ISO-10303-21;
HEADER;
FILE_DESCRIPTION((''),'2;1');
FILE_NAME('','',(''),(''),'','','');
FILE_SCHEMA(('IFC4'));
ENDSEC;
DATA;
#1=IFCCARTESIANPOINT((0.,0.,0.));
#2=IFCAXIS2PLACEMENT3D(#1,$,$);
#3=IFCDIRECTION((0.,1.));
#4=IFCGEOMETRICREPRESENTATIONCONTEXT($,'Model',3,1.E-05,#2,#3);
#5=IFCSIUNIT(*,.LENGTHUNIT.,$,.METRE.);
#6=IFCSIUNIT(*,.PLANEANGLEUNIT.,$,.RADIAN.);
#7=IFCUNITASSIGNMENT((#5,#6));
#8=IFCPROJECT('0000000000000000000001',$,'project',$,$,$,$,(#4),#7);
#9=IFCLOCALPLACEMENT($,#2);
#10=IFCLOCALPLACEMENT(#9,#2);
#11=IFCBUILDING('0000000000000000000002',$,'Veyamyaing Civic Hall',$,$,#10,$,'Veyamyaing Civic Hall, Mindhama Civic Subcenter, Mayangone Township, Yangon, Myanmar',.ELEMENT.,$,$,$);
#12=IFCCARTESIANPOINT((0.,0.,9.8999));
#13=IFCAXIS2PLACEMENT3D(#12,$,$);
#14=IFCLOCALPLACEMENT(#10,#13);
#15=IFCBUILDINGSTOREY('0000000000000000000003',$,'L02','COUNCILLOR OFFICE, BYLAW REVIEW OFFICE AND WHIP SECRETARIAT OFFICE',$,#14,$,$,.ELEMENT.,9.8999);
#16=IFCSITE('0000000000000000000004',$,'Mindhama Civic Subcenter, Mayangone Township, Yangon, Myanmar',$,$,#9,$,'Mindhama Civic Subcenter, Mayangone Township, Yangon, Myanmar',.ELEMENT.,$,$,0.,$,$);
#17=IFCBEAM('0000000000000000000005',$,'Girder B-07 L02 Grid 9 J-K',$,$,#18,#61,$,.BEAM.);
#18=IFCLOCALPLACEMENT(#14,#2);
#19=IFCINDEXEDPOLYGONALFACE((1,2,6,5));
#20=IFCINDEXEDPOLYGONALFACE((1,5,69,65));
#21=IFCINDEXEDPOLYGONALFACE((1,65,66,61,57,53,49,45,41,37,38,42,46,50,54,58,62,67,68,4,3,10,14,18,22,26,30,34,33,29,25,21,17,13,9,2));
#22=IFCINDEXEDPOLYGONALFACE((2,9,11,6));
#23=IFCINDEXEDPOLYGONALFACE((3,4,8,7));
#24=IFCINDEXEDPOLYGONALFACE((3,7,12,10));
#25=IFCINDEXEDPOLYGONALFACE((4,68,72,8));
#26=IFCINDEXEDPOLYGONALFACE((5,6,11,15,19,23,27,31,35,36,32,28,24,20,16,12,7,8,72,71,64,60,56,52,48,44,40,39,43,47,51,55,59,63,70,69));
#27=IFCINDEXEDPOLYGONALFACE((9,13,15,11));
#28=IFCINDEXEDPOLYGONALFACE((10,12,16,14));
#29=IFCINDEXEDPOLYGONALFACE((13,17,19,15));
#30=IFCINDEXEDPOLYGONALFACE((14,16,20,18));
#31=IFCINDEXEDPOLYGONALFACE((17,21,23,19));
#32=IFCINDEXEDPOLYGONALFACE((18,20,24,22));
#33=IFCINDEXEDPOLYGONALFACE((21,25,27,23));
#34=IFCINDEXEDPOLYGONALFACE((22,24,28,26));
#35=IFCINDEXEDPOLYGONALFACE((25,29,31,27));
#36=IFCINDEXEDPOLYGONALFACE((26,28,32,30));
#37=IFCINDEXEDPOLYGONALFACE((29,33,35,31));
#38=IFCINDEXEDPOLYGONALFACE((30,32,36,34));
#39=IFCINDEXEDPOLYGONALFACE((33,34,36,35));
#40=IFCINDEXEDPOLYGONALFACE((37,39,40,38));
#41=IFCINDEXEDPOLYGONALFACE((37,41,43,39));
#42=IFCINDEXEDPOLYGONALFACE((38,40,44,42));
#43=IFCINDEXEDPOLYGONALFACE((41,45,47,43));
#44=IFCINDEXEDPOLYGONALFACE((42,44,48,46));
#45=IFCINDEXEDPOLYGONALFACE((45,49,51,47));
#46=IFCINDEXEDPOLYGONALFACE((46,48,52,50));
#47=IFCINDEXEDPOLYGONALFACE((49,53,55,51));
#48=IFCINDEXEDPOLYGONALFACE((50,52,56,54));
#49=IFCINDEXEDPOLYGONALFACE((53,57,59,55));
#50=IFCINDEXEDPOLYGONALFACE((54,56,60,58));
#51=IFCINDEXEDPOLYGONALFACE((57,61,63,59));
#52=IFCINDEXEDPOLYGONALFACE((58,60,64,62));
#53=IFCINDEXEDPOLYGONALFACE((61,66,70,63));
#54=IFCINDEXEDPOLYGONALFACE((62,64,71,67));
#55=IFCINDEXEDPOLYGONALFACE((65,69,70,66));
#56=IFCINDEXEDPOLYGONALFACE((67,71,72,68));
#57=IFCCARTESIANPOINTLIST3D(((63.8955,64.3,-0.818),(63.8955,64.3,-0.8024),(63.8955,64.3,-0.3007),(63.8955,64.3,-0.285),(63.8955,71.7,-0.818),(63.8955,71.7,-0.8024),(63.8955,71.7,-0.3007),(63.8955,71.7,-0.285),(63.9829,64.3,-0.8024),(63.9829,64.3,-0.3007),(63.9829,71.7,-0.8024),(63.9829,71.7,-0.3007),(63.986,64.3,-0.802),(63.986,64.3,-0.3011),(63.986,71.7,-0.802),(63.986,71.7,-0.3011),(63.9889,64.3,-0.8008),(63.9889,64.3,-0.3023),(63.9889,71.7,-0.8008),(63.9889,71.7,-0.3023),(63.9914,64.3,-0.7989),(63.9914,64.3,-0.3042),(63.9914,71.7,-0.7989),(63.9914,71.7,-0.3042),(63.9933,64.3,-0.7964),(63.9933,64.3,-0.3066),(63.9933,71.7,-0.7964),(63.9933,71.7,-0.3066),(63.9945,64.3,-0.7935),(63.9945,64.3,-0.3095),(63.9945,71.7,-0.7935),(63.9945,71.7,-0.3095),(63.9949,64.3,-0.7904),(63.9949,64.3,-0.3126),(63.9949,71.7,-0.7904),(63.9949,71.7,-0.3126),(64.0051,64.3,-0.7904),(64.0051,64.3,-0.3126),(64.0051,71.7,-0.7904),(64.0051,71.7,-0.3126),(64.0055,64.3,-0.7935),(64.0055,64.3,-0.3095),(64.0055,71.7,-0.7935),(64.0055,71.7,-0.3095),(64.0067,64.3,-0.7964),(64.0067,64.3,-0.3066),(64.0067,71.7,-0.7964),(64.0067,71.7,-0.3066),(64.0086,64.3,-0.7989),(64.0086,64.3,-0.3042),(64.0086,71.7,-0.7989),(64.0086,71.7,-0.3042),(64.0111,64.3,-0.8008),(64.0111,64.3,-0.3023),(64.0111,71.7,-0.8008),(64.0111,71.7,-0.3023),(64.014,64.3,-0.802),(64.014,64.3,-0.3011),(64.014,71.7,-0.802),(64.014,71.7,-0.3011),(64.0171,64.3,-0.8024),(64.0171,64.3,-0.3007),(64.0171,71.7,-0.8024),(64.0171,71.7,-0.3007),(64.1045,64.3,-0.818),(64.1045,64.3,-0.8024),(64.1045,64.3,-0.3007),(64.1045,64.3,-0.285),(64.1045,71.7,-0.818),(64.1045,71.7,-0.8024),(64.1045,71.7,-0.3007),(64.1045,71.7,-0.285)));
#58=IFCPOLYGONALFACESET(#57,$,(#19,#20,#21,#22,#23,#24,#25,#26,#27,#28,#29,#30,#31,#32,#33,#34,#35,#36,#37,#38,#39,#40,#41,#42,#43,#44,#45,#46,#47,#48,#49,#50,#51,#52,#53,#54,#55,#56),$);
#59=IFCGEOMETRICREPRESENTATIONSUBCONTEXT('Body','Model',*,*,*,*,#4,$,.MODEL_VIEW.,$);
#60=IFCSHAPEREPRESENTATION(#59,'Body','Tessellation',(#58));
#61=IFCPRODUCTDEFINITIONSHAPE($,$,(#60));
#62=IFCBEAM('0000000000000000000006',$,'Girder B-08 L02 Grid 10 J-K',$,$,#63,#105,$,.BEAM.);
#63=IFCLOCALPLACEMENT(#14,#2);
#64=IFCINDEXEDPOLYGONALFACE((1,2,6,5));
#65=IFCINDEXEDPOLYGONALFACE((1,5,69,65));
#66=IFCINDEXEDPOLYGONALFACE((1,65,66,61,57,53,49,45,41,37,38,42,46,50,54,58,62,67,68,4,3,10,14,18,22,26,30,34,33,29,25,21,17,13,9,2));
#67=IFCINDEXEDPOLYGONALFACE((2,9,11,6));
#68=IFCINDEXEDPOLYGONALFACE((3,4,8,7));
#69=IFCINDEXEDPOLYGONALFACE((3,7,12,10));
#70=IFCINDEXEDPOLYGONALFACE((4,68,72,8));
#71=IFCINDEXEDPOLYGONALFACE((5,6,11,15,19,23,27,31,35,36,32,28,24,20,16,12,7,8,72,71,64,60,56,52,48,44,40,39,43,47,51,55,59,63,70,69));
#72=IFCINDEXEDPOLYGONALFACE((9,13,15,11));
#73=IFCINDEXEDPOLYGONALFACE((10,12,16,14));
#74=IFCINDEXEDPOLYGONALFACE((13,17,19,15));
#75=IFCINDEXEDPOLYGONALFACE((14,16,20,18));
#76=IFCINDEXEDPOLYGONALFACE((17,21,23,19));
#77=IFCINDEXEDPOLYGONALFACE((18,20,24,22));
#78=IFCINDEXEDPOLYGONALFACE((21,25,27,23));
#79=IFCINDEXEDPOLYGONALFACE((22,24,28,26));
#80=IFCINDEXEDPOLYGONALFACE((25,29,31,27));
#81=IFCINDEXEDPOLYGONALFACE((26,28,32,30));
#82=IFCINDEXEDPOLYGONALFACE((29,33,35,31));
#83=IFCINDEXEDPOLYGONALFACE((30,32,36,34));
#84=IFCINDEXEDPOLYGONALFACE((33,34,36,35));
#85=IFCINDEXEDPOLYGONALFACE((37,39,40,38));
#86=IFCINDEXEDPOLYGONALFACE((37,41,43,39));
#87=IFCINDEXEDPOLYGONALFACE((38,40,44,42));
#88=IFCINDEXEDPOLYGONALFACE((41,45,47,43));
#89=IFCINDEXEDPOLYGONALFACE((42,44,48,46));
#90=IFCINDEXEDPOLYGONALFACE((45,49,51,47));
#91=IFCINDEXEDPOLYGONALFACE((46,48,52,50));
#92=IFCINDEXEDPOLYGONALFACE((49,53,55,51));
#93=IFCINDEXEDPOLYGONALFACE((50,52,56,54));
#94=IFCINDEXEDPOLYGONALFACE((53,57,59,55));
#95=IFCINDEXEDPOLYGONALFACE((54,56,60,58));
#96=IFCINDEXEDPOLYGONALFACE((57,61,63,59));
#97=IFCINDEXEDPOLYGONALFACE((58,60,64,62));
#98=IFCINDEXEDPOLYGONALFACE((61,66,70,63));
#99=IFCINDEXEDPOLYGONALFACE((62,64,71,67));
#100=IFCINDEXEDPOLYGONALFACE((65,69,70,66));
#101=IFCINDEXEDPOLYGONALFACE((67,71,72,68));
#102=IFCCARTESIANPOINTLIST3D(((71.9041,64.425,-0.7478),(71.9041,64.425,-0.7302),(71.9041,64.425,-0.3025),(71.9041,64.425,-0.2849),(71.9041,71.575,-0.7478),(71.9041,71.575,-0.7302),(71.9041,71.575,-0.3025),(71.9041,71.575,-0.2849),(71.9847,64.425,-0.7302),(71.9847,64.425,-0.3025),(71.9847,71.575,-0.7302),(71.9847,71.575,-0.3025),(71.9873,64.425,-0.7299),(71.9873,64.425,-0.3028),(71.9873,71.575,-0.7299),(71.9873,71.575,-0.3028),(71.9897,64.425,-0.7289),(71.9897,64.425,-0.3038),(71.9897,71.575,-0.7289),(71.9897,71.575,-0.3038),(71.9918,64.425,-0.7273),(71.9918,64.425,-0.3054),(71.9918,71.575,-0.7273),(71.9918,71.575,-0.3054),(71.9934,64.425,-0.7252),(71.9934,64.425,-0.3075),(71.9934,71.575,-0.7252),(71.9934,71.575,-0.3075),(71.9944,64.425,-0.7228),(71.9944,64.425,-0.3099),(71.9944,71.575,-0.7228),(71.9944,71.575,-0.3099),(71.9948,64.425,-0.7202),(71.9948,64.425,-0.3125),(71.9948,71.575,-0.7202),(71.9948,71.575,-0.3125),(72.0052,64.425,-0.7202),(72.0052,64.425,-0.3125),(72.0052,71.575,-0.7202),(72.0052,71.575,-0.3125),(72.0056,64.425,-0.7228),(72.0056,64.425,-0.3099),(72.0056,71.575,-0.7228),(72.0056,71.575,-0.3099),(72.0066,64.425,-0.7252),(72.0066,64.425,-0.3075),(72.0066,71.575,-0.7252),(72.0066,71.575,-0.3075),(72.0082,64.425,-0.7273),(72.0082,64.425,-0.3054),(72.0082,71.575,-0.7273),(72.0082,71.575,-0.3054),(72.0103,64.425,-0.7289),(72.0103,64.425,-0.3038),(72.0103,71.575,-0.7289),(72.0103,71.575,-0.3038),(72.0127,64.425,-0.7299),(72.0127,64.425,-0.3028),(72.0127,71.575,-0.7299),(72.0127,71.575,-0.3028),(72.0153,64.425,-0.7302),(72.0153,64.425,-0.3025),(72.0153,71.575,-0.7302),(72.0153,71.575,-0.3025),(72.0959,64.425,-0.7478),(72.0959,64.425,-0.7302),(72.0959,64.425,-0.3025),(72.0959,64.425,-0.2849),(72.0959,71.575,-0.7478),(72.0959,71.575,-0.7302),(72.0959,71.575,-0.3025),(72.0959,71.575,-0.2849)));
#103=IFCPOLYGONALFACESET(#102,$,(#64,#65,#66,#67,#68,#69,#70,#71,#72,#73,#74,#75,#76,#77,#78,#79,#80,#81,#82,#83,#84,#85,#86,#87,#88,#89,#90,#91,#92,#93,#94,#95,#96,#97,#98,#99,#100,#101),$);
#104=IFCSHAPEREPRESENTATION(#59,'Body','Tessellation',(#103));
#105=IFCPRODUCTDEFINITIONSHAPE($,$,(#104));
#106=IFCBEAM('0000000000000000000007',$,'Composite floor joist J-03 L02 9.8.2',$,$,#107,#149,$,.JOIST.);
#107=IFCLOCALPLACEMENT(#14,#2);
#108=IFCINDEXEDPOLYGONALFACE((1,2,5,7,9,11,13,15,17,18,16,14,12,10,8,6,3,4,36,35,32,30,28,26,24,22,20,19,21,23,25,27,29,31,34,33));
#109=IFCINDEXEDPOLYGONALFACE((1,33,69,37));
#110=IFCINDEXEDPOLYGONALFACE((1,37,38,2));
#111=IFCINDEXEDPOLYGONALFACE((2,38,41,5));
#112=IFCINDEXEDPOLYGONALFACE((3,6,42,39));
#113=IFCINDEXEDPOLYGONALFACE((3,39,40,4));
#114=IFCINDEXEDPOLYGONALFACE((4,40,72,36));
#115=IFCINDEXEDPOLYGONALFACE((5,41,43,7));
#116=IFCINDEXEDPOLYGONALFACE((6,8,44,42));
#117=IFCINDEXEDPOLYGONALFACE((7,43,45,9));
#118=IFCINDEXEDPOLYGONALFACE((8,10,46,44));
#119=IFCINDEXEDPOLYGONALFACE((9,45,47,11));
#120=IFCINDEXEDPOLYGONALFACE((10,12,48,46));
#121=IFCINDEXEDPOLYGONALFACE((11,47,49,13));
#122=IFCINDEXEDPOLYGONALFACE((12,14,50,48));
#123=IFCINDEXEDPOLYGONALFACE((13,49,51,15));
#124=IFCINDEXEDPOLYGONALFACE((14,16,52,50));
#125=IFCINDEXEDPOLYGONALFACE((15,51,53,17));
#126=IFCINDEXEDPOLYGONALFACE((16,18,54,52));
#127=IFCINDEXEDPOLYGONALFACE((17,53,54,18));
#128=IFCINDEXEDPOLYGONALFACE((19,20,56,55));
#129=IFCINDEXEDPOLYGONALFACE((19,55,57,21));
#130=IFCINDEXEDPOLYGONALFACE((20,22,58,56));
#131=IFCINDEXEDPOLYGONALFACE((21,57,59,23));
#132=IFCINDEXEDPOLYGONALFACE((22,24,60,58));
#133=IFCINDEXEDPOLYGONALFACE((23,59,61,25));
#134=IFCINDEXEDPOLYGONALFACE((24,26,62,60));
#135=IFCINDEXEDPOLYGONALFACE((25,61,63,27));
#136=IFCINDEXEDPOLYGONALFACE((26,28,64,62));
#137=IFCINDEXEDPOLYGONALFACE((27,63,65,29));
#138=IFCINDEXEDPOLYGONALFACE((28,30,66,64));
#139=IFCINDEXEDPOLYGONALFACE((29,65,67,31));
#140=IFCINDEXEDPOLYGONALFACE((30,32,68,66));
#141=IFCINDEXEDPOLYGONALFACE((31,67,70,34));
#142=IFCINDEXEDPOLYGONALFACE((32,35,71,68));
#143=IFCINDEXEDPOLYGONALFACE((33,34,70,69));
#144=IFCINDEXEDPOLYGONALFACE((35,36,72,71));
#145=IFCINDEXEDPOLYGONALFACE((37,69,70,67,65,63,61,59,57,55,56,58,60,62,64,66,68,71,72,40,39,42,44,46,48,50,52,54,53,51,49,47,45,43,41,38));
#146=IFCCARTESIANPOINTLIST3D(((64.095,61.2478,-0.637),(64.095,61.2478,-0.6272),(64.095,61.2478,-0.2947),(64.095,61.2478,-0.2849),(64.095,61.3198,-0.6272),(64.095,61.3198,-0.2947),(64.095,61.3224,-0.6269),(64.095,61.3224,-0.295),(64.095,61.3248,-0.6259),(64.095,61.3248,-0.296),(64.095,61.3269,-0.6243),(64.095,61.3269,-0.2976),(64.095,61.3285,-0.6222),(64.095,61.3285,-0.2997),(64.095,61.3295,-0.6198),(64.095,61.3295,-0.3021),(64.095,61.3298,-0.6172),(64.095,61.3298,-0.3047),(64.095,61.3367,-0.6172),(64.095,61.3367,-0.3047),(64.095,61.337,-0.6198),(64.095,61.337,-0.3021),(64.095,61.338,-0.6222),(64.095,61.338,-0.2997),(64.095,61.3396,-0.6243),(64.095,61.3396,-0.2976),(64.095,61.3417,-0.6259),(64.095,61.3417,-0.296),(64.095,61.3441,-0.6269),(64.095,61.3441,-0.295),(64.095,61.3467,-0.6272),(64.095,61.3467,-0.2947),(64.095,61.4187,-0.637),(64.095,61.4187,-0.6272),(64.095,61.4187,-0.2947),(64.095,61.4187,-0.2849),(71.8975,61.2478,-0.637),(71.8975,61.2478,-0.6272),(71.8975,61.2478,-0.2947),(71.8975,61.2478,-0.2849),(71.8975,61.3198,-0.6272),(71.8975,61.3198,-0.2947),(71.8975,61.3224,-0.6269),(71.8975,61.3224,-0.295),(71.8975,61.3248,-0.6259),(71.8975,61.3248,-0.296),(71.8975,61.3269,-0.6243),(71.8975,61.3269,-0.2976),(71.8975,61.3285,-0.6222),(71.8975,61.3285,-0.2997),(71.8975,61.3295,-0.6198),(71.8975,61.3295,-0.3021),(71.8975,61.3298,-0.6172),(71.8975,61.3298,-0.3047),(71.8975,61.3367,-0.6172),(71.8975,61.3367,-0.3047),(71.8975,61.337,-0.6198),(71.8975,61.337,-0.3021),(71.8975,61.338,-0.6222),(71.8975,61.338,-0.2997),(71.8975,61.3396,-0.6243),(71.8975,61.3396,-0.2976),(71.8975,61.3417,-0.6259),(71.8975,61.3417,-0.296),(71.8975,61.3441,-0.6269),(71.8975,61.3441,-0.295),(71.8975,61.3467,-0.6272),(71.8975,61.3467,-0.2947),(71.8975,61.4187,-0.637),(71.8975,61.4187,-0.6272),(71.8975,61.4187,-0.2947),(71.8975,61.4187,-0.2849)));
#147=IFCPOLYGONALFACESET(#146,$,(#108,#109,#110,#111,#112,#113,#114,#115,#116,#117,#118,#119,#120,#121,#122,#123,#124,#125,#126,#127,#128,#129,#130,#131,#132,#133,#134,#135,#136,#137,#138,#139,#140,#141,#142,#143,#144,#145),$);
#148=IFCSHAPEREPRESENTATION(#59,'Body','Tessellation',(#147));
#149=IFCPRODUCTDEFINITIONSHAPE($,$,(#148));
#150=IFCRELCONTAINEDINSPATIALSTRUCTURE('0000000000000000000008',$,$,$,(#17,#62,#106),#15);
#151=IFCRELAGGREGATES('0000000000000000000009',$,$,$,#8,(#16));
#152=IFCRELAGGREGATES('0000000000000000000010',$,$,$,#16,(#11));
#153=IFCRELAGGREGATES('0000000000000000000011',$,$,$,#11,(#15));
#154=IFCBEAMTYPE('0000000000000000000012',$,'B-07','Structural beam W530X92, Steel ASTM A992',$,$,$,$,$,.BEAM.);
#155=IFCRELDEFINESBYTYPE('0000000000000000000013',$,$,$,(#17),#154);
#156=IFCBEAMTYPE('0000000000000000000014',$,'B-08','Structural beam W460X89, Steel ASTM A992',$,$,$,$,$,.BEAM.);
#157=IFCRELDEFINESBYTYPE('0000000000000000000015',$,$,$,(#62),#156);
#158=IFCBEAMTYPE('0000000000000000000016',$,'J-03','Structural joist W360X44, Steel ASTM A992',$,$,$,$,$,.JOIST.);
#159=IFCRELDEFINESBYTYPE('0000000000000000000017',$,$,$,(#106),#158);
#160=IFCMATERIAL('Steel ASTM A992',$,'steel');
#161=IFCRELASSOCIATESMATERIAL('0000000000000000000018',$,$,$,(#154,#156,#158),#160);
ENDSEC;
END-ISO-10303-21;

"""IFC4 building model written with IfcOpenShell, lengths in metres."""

from ifc_helpers import new_model, si_unit, direction, frame, origin, origin_2d, place, context, subcontext, project, spatial, i_section, extrude, material, material_profile, profile_set, type_object, element, save


model = new_model("IFC4")

# Units and contexts
model_context = context("Model", 3, precision=1e-05, world=origin(), true_north=direction((0.0, 1.0)))
body_context = subcontext(model_context, "Body", "Model", "MODEL_VIEW")
ifc_project = project(units=[si_unit("LENGTHUNIT", "METRE"), si_unit("PLANEANGLEUNIT", "RADIAN")], contexts=[model_context])

# Site, building, storey
site_placement = place(None, origin())
site = spatial("IfcSite", under=ifc_project, at=site_placement, Name="Mindhama Civic Subcenter, Mayangone Township, Yangon, Myanmar", LongName="Mindhama Civic Subcenter, Mayangone Township, Yangon, Myanmar", CompositionType="ELEMENT", RefElevation=0.0)
building_placement = place(site_placement, origin())
building = spatial("IfcBuilding", under=site, at=building_placement, Name="Veyamyaing Civic Hall", LongName="Veyamyaing Civic Hall, Mindhama Civic Subcenter, Mayangone Township, Yangon, Myanmar", CompositionType="ELEMENT")
storey_placement = place(building_placement, frame((0.0, 0.0, 9.8999)))
storey = spatial("IfcBuildingStorey", under=building, at=storey_placement, Name="L02", Description="COUNCILLOR OFFICE, BYLAW REVIEW OFFICE AND WHIP SECRETARIAT OFFICE", CompositionType="ELEMENT", Elevation=9.8999)

# Beams
ifc_material_1 = material(Name="Steel ASTM A992", Category="steel")
ifc_material_profile_1 = material_profile(ifc_material_1, i_section(OverallWidth=0.209, OverallDepth=0.533, WebThickness=0.0103, FlangeThickness=0.0156, FilletRadius=0.012, at=origin_2d()), Name="W530X92")
ifc_profile_set_1 = profile_set([ifc_material_profile_1], Name="Steel ASTM A992")
beam_type_1 = type_object("IfcBeamType", Name="B-07", Description="Structural beam W530X92, Steel ASTM A992", PredefinedType="BEAM", material=ifc_profile_set_1)
beam_1_placement = place(storey_placement, frame((64.0, 64.3, -0.5515), z_axis=(0.0, 1.0, 0.0), x_axis=(-1.0, 0.0, 0.0)))
element("IfcBeam", 1, at=beam_1_placement, inside=storey, type_object=beam_type_1, Name="Girder B-07 L02 Grid 9 J-K", PredefinedType="BEAM", context=body_context, shape_type="SweptSolid", body=[
    extrude(i_section(OverallWidth=0.209, OverallDepth=0.533, WebThickness=0.0103, FlangeThickness=0.0156, FilletRadius=0.012, at=origin_2d()), origin(), (0.0, 0.0, 1.0), 7.3999),
])
ifc_material_profile_2 = material_profile(ifc_material_1, i_section(OverallWidth=0.1919, OverallDepth=0.4629, WebThickness=0.0105, FlangeThickness=0.0176, FilletRadius=0.01, at=origin_2d()), Name="W460X89")
ifc_profile_set_2 = profile_set([ifc_material_profile_2], Name="Steel ASTM A992")
beam_type_2 = type_object("IfcBeamType", Name="B-08", Description="Structural beam W460X89, Steel ASTM A992", PredefinedType="BEAM", material=ifc_profile_set_2)
beam_2_placement = place(storey_placement, frame((72.0, 64.425, -0.5164), z_axis=(0.0, 1.0, 0.0), x_axis=(-1.0, 0.0, 0.0)))
element("IfcBeam", 2, at=beam_2_placement, inside=storey, type_object=beam_type_2, Name="Girder B-08 L02 Grid 10 J-K", PredefinedType="BEAM", context=body_context, shape_type="SweptSolid", body=[
    extrude(i_section(OverallWidth=0.1919, OverallDepth=0.4629, WebThickness=0.0105, FlangeThickness=0.0176, FilletRadius=0.01, at=origin_2d()), origin(), (0.0, 0.0, 1.0), 7.1499),
])
ifc_material_profile_3 = material_profile(ifc_material_1, i_section(OverallWidth=0.1709, OverallDepth=0.3521, WebThickness=0.0068, FlangeThickness=0.0098, FilletRadius=0.01, at=origin_2d()), Name="W360X44")
ifc_profile_set_3 = profile_set([ifc_material_profile_3], Name="Steel ASTM A992")
beam_type_3 = type_object("IfcBeamType", Name="J-03", Description="Structural joist W360X44, Steel ASTM A992", PredefinedType="JOIST", material=ifc_profile_set_3)
beam_3_placement = place(storey_placement, frame((64.095, 61.3333, -0.4609), z_axis=(1.0, 0.0, 0.0), x_axis=(0.0, 1.0, 0.0)))
element("IfcBeam", 3, at=beam_3_placement, inside=storey, type_object=beam_type_3, Name="Composite floor joist J-03 L02 9.8.2", PredefinedType="JOIST", context=body_context, shape_type="SweptSolid", body=[
    extrude(i_section(OverallWidth=0.1709, OverallDepth=0.3521, WebThickness=0.0068, FlangeThickness=0.0098, FilletRadius=0.01, at=origin_2d()), origin(), (0.0, 0.0, 1.0), 7.8025),
])

save(model, "model.ifc")
